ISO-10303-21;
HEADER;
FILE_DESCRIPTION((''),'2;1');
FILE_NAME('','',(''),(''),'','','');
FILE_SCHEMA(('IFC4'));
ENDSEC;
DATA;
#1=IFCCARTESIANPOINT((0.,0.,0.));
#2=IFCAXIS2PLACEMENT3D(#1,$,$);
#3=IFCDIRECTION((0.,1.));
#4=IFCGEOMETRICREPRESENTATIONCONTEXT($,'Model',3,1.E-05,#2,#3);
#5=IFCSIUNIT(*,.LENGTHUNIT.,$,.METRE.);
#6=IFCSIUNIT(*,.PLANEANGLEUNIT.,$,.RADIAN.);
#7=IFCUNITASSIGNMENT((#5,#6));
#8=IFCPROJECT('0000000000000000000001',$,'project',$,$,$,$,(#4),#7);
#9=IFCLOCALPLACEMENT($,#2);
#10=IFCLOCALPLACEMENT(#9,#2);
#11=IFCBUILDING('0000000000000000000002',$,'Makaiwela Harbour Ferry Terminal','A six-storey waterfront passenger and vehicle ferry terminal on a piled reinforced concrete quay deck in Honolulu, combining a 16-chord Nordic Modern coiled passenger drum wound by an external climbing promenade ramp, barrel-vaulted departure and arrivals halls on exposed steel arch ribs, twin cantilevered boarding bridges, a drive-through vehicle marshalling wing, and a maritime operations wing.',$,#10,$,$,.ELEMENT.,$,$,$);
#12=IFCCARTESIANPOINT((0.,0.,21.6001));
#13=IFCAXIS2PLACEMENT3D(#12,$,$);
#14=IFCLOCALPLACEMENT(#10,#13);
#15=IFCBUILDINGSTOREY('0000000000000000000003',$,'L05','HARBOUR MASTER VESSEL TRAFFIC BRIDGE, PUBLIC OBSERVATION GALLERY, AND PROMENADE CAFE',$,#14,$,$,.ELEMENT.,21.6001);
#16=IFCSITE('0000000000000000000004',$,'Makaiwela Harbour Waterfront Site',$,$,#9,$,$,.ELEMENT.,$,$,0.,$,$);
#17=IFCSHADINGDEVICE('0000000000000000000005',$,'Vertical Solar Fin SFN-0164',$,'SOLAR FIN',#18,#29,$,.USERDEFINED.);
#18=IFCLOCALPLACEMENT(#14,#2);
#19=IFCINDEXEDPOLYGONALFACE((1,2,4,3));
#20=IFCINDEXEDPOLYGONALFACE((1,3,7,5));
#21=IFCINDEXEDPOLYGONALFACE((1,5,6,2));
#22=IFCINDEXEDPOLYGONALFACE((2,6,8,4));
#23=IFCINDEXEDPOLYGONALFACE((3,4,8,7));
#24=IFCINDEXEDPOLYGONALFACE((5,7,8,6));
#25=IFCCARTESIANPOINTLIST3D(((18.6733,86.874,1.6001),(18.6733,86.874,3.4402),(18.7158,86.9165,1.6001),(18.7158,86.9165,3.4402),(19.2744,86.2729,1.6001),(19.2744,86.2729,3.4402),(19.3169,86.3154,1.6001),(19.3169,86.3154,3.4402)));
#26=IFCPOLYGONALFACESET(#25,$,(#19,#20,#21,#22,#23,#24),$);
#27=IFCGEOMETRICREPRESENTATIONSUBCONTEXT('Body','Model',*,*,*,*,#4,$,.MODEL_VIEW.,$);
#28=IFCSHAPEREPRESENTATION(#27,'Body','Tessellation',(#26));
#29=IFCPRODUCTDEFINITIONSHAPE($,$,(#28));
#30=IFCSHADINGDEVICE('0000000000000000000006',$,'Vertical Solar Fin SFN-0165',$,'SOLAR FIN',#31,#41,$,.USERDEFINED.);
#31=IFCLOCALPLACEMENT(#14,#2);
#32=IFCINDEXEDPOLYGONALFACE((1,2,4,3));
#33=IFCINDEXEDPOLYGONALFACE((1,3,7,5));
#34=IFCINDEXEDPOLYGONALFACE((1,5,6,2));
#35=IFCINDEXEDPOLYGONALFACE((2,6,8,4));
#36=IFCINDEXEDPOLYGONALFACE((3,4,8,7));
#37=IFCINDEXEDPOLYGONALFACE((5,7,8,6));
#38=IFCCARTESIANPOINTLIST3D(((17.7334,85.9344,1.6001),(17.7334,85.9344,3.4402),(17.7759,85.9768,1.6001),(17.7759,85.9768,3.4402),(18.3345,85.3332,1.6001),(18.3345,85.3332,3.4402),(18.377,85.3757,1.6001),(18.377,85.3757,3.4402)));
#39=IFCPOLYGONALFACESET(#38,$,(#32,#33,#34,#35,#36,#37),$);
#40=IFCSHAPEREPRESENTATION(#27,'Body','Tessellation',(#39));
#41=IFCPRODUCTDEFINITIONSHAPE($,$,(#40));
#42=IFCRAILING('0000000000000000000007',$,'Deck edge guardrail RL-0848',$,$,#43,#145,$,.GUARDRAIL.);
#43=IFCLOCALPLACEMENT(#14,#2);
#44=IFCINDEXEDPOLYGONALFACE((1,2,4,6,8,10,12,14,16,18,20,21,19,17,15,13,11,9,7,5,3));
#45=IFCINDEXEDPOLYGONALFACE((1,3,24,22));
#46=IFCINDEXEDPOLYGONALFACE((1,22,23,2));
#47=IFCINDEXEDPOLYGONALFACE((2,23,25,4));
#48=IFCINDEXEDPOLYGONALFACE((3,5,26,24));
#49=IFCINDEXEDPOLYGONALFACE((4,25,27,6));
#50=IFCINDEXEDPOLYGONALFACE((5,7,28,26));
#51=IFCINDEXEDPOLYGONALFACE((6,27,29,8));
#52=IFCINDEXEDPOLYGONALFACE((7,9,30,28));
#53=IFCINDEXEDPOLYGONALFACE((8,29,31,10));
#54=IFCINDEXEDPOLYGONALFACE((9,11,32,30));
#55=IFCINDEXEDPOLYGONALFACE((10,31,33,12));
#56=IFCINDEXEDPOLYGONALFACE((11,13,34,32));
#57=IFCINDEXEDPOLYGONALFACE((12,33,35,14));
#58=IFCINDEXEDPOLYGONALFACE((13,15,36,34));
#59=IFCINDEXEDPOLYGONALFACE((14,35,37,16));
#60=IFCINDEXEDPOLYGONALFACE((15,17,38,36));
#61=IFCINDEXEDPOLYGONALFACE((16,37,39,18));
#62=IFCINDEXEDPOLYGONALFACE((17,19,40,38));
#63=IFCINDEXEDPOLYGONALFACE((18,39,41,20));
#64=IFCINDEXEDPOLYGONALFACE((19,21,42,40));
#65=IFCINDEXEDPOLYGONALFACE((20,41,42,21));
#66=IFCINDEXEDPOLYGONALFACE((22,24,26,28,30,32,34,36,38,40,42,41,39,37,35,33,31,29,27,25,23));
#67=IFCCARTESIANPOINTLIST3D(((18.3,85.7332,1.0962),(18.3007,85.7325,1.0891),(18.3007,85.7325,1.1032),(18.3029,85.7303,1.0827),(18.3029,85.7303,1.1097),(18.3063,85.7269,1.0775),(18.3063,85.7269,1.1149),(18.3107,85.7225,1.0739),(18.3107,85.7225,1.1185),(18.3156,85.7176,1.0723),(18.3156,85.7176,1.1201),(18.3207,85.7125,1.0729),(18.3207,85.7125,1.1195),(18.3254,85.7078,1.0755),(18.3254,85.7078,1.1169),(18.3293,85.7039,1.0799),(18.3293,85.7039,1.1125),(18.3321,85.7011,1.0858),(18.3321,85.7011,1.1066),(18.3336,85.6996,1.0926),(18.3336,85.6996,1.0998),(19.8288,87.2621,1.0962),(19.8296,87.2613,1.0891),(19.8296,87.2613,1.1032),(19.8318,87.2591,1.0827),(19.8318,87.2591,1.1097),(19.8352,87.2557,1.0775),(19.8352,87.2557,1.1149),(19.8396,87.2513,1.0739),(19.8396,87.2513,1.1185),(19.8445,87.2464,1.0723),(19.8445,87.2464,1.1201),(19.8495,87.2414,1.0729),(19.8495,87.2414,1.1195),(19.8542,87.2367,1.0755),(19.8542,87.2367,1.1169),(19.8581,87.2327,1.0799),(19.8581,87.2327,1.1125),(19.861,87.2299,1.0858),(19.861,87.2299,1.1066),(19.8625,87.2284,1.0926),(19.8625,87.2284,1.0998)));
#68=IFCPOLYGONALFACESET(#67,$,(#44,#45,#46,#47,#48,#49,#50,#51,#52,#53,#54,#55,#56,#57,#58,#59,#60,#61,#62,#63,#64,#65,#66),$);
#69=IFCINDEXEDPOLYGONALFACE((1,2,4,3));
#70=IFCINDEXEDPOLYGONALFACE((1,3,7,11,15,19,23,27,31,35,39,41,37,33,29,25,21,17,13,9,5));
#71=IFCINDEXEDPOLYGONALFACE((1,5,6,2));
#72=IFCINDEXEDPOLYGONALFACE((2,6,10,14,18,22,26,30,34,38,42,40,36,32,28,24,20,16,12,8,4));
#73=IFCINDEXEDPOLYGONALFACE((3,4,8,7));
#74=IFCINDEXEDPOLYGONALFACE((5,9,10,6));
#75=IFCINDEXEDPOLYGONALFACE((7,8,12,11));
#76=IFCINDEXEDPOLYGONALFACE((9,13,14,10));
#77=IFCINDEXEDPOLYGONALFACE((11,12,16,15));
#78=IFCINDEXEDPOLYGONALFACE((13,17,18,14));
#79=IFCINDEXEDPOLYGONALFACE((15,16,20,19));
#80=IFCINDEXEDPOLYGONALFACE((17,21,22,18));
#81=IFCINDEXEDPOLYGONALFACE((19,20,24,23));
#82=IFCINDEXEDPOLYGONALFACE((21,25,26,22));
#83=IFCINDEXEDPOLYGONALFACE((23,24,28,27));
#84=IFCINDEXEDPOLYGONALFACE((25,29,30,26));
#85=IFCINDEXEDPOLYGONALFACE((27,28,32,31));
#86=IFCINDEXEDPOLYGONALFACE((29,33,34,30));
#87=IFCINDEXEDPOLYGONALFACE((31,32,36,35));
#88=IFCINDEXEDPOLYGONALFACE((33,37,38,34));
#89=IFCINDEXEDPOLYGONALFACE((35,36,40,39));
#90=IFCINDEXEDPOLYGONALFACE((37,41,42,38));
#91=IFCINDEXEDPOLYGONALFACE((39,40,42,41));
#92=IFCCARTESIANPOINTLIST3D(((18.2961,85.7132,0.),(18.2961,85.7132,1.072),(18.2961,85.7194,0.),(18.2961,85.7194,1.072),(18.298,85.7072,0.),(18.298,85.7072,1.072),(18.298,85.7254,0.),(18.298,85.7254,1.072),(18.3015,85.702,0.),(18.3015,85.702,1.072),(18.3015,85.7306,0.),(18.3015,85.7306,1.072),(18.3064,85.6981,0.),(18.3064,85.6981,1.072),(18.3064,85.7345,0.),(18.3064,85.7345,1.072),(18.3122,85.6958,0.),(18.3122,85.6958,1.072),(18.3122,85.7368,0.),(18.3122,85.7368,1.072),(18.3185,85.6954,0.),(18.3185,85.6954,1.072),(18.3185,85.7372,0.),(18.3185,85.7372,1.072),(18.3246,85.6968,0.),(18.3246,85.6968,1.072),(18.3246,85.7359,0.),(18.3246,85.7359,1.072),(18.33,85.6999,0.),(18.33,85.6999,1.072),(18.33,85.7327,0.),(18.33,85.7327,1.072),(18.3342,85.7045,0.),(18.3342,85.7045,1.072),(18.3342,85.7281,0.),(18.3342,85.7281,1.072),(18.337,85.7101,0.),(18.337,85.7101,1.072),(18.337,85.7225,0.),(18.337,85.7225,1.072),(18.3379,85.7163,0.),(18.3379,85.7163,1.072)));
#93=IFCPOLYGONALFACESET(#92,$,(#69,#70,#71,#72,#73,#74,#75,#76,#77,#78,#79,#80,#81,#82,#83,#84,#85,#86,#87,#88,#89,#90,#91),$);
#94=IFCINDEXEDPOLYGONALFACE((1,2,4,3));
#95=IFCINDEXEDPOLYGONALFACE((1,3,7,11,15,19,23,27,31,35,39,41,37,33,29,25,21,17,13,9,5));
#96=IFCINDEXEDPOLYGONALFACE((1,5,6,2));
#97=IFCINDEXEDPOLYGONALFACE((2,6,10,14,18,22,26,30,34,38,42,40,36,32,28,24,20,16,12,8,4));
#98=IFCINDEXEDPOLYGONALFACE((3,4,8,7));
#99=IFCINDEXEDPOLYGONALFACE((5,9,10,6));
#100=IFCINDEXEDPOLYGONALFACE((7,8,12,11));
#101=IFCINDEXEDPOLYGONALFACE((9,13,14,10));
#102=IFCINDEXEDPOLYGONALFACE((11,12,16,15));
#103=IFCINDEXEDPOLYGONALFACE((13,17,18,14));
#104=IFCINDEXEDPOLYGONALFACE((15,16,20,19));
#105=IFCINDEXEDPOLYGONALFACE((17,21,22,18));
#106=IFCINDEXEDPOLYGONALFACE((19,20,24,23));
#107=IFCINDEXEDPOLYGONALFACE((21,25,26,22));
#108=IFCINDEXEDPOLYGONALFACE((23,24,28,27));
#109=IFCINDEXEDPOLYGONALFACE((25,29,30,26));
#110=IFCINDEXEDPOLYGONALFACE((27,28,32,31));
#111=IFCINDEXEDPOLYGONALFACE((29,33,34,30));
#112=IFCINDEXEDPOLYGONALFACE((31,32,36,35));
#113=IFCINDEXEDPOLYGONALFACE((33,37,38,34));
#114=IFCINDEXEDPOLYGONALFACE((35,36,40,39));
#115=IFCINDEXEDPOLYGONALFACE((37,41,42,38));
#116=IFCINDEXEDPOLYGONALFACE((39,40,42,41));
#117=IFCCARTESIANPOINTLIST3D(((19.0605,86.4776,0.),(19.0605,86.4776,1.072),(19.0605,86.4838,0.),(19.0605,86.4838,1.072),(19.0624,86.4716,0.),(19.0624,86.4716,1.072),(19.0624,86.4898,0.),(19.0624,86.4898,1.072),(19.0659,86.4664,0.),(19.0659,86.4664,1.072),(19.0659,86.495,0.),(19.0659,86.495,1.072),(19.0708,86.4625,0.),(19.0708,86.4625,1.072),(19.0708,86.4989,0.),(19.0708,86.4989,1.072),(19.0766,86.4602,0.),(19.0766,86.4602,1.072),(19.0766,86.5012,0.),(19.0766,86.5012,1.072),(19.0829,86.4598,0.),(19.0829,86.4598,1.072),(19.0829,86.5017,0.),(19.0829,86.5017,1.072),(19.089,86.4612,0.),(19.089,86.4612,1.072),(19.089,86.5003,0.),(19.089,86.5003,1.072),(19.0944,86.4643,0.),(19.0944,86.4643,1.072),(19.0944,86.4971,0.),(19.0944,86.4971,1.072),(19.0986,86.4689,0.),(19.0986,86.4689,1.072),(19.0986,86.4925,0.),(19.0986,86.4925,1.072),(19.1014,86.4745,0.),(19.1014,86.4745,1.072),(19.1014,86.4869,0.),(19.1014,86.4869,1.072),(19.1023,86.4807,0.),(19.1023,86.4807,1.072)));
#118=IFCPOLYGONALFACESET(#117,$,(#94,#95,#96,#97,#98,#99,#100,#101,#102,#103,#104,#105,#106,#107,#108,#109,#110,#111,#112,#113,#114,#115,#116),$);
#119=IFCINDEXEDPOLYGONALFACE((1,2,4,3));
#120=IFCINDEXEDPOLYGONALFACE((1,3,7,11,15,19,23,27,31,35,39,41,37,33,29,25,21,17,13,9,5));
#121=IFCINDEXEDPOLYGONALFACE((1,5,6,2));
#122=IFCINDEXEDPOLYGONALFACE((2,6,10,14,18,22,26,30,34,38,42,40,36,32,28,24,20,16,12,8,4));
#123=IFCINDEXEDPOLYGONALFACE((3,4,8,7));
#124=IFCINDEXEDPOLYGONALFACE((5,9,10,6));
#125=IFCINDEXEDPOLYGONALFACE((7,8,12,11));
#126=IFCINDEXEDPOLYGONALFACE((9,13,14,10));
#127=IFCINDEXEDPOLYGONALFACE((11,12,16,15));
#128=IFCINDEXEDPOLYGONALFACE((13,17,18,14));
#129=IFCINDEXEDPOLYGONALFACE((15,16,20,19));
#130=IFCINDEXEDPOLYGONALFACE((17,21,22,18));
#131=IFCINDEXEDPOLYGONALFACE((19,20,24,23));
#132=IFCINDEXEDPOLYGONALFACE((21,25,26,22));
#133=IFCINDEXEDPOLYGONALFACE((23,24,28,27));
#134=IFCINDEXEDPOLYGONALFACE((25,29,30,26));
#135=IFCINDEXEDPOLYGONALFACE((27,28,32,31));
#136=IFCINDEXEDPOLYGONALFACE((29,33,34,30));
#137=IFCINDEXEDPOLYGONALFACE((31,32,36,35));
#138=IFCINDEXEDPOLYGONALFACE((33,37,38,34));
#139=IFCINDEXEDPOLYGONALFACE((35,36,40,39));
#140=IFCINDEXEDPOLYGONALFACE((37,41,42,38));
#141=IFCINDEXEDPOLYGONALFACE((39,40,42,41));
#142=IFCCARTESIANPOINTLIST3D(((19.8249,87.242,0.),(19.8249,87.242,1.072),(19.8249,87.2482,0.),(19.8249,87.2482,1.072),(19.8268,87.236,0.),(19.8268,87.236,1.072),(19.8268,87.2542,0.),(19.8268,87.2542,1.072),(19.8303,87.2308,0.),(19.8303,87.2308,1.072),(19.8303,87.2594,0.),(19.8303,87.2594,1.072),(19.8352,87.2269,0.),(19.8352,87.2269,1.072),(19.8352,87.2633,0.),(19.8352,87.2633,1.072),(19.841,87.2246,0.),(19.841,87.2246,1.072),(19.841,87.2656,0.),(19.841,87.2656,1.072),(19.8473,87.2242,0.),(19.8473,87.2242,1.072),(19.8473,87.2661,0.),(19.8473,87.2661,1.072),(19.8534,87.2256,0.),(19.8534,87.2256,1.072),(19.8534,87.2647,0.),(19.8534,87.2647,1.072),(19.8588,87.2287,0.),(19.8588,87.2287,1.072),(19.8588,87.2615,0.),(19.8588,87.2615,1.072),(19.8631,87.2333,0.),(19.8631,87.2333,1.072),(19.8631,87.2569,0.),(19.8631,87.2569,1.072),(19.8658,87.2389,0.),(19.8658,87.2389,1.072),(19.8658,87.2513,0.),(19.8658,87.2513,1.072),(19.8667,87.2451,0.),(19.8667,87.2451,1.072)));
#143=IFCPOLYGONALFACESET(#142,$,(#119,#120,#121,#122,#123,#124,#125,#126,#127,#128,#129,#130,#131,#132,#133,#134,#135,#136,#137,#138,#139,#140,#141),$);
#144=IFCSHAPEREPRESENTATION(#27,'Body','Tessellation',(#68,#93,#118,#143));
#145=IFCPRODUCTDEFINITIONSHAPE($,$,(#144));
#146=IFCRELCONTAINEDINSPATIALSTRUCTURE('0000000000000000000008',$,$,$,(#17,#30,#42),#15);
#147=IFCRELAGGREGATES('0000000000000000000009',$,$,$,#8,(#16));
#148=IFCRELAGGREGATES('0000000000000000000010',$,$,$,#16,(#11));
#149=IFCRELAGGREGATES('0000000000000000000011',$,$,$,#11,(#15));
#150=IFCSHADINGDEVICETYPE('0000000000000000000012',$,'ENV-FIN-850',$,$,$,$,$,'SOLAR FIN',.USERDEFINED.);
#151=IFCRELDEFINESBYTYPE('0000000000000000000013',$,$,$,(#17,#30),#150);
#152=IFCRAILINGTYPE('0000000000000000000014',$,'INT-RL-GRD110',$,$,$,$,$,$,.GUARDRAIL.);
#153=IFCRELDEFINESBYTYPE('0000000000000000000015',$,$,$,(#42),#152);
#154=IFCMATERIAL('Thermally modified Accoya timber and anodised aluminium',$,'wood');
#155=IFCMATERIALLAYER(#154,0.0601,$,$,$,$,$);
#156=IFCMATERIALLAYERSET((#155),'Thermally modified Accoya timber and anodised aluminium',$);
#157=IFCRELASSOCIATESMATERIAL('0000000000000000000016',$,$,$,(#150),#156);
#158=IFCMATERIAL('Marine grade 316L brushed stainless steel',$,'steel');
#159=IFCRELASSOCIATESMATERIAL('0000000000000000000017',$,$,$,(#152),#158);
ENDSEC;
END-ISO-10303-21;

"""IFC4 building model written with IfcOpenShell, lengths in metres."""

from ifc_helpers import new_model, si_unit, direction, frame, origin, origin_2d, place, context, subcontext, project, spatial, rectangle, circle, extrude, material, layer, layer_set, type_object, element, save


model = new_model("IFC4")

# Units and contexts
model_context = context("Model", 3, precision=1e-05, world=origin(), true_north=direction((0.0, 1.0)))
body_context = subcontext(model_context, "Body", "Model", "MODEL_VIEW")
ifc_project = project(units=[si_unit("LENGTHUNIT", "METRE"), si_unit("PLANEANGLEUNIT", "RADIAN")], contexts=[model_context])

# Site, building, storey
site_placement = place(None, origin())
site = spatial("IfcSite", under=ifc_project, at=site_placement, Name="Makaiwela Harbour Waterfront Site", CompositionType="ELEMENT", RefElevation=0.0)
building_placement = place(site_placement, origin())
building = spatial("IfcBuilding", under=site, at=building_placement, Name="Makaiwela Harbour Ferry Terminal", Description="A six-storey waterfront passenger and vehicle ferry terminal on a piled reinforced concrete quay deck in Honolulu, combining a 16-chord Nordic Modern coiled passenger drum wound by an external climbing promenade ramp, barrel-vaulted departure and arrivals halls on exposed steel arch ribs, twin cantilevered boarding bridges, a drive-through vehicle marshalling wing, and a maritime operations wing.", CompositionType="ELEMENT")
storey_placement = place(building_placement, frame((0.0, 0.0, 21.6001)))
storey = spatial("IfcBuildingStorey", under=building, at=storey_placement, Name="L05", Description="HARBOUR MASTER VESSEL TRAFFIC BRIDGE, PUBLIC OBSERVATION GALLERY, AND PROMENADE CAFE", CompositionType="ELEMENT", Elevation=21.6001)

# Shading devices
ifc_material_1 = material(Name="Thermally modified Accoya timber and anodised aluminium", Category="wood")
ifc_layer_1 = layer(ifc_material_1, 0.0601)
ifc_layer_set_1 = layer_set([ifc_layer_1], Name="Thermally modified Accoya timber and anodised aluminium")
shading_device_type = type_object("IfcShadingDeviceType", Name="ENV-FIN-850", ElementType="SOLAR FIN", PredefinedType="USERDEFINED", material=ifc_layer_set_1)
for number, where, z_axis, x_axis, name in (
    (1, (18.9951, 86.5947, 1.6001), (0.0, 0.0, 1.0), (-0.707107, 0.707107, 0.0), "Vertical Solar Fin SFN-0164"),
    (2, (18.0552, 85.655, 1.6001), (0.0, 0.0, 1.0), (-0.707107, 0.707107, 0.0), "Vertical Solar Fin SFN-0165"),
):
    element("IfcShadingDevice", number, at=place(storey_placement, frame(where, z_axis=z_axis, x_axis=x_axis)), inside=storey, type_object=shading_device_type, Name=name, ObjectType="SOLAR FIN", PredefinedType="USERDEFINED", context=body_context, shape_type="SweptSolid", body=[
        extrude(rectangle(XDim=0.8501, YDim=0.0601, at=origin_2d()), origin(), (0.0, 0.0, 1.0), 1.8401),
    ])

# Railing
ifc_material_2 = material(Name="Marine grade 316L brushed stainless steel", Category="steel")
railing_type = type_object("IfcRailingType", Name="INT-RL-GRD110", PredefinedType="GUARDRAIL", material=ifc_material_2)
railing_1_placement = place(storey_placement, frame((18.3169, 85.7163, 0.0)))
element("IfcRailing", 3, at=railing_1_placement, inside=storey, type_object=railing_type, Name="Deck edge guardrail RL-0848", PredefinedType="GUARDRAIL", context=body_context, shape_type="SweptSolid", body=[
    extrude(circle(Radius=0.0239, at=origin_2d()), frame((0.0, 0.0, 1.0962), z_axis=(0.707107, 0.707107, 0.0), x_axis=(-0.707107, 0.707107, 0.0)), (0.0, 0.0, 1.0), 2.1621),
    extrude(circle(Radius=0.021, at=origin_2d()), origin(), (0.0, 0.0, 1.0), 1.072),
    extrude(circle(Radius=0.021, at=origin_2d()), frame((0.7644, 0.7644, 0.0)), (0.0, 0.0, 1.0), 1.072),
    extrude(circle(Radius=0.021, at=origin_2d()), frame((1.5288, 1.5288, 0.0)), (0.0, 0.0, 1.0), 1.072),
])

save(model, "model.ifc")
